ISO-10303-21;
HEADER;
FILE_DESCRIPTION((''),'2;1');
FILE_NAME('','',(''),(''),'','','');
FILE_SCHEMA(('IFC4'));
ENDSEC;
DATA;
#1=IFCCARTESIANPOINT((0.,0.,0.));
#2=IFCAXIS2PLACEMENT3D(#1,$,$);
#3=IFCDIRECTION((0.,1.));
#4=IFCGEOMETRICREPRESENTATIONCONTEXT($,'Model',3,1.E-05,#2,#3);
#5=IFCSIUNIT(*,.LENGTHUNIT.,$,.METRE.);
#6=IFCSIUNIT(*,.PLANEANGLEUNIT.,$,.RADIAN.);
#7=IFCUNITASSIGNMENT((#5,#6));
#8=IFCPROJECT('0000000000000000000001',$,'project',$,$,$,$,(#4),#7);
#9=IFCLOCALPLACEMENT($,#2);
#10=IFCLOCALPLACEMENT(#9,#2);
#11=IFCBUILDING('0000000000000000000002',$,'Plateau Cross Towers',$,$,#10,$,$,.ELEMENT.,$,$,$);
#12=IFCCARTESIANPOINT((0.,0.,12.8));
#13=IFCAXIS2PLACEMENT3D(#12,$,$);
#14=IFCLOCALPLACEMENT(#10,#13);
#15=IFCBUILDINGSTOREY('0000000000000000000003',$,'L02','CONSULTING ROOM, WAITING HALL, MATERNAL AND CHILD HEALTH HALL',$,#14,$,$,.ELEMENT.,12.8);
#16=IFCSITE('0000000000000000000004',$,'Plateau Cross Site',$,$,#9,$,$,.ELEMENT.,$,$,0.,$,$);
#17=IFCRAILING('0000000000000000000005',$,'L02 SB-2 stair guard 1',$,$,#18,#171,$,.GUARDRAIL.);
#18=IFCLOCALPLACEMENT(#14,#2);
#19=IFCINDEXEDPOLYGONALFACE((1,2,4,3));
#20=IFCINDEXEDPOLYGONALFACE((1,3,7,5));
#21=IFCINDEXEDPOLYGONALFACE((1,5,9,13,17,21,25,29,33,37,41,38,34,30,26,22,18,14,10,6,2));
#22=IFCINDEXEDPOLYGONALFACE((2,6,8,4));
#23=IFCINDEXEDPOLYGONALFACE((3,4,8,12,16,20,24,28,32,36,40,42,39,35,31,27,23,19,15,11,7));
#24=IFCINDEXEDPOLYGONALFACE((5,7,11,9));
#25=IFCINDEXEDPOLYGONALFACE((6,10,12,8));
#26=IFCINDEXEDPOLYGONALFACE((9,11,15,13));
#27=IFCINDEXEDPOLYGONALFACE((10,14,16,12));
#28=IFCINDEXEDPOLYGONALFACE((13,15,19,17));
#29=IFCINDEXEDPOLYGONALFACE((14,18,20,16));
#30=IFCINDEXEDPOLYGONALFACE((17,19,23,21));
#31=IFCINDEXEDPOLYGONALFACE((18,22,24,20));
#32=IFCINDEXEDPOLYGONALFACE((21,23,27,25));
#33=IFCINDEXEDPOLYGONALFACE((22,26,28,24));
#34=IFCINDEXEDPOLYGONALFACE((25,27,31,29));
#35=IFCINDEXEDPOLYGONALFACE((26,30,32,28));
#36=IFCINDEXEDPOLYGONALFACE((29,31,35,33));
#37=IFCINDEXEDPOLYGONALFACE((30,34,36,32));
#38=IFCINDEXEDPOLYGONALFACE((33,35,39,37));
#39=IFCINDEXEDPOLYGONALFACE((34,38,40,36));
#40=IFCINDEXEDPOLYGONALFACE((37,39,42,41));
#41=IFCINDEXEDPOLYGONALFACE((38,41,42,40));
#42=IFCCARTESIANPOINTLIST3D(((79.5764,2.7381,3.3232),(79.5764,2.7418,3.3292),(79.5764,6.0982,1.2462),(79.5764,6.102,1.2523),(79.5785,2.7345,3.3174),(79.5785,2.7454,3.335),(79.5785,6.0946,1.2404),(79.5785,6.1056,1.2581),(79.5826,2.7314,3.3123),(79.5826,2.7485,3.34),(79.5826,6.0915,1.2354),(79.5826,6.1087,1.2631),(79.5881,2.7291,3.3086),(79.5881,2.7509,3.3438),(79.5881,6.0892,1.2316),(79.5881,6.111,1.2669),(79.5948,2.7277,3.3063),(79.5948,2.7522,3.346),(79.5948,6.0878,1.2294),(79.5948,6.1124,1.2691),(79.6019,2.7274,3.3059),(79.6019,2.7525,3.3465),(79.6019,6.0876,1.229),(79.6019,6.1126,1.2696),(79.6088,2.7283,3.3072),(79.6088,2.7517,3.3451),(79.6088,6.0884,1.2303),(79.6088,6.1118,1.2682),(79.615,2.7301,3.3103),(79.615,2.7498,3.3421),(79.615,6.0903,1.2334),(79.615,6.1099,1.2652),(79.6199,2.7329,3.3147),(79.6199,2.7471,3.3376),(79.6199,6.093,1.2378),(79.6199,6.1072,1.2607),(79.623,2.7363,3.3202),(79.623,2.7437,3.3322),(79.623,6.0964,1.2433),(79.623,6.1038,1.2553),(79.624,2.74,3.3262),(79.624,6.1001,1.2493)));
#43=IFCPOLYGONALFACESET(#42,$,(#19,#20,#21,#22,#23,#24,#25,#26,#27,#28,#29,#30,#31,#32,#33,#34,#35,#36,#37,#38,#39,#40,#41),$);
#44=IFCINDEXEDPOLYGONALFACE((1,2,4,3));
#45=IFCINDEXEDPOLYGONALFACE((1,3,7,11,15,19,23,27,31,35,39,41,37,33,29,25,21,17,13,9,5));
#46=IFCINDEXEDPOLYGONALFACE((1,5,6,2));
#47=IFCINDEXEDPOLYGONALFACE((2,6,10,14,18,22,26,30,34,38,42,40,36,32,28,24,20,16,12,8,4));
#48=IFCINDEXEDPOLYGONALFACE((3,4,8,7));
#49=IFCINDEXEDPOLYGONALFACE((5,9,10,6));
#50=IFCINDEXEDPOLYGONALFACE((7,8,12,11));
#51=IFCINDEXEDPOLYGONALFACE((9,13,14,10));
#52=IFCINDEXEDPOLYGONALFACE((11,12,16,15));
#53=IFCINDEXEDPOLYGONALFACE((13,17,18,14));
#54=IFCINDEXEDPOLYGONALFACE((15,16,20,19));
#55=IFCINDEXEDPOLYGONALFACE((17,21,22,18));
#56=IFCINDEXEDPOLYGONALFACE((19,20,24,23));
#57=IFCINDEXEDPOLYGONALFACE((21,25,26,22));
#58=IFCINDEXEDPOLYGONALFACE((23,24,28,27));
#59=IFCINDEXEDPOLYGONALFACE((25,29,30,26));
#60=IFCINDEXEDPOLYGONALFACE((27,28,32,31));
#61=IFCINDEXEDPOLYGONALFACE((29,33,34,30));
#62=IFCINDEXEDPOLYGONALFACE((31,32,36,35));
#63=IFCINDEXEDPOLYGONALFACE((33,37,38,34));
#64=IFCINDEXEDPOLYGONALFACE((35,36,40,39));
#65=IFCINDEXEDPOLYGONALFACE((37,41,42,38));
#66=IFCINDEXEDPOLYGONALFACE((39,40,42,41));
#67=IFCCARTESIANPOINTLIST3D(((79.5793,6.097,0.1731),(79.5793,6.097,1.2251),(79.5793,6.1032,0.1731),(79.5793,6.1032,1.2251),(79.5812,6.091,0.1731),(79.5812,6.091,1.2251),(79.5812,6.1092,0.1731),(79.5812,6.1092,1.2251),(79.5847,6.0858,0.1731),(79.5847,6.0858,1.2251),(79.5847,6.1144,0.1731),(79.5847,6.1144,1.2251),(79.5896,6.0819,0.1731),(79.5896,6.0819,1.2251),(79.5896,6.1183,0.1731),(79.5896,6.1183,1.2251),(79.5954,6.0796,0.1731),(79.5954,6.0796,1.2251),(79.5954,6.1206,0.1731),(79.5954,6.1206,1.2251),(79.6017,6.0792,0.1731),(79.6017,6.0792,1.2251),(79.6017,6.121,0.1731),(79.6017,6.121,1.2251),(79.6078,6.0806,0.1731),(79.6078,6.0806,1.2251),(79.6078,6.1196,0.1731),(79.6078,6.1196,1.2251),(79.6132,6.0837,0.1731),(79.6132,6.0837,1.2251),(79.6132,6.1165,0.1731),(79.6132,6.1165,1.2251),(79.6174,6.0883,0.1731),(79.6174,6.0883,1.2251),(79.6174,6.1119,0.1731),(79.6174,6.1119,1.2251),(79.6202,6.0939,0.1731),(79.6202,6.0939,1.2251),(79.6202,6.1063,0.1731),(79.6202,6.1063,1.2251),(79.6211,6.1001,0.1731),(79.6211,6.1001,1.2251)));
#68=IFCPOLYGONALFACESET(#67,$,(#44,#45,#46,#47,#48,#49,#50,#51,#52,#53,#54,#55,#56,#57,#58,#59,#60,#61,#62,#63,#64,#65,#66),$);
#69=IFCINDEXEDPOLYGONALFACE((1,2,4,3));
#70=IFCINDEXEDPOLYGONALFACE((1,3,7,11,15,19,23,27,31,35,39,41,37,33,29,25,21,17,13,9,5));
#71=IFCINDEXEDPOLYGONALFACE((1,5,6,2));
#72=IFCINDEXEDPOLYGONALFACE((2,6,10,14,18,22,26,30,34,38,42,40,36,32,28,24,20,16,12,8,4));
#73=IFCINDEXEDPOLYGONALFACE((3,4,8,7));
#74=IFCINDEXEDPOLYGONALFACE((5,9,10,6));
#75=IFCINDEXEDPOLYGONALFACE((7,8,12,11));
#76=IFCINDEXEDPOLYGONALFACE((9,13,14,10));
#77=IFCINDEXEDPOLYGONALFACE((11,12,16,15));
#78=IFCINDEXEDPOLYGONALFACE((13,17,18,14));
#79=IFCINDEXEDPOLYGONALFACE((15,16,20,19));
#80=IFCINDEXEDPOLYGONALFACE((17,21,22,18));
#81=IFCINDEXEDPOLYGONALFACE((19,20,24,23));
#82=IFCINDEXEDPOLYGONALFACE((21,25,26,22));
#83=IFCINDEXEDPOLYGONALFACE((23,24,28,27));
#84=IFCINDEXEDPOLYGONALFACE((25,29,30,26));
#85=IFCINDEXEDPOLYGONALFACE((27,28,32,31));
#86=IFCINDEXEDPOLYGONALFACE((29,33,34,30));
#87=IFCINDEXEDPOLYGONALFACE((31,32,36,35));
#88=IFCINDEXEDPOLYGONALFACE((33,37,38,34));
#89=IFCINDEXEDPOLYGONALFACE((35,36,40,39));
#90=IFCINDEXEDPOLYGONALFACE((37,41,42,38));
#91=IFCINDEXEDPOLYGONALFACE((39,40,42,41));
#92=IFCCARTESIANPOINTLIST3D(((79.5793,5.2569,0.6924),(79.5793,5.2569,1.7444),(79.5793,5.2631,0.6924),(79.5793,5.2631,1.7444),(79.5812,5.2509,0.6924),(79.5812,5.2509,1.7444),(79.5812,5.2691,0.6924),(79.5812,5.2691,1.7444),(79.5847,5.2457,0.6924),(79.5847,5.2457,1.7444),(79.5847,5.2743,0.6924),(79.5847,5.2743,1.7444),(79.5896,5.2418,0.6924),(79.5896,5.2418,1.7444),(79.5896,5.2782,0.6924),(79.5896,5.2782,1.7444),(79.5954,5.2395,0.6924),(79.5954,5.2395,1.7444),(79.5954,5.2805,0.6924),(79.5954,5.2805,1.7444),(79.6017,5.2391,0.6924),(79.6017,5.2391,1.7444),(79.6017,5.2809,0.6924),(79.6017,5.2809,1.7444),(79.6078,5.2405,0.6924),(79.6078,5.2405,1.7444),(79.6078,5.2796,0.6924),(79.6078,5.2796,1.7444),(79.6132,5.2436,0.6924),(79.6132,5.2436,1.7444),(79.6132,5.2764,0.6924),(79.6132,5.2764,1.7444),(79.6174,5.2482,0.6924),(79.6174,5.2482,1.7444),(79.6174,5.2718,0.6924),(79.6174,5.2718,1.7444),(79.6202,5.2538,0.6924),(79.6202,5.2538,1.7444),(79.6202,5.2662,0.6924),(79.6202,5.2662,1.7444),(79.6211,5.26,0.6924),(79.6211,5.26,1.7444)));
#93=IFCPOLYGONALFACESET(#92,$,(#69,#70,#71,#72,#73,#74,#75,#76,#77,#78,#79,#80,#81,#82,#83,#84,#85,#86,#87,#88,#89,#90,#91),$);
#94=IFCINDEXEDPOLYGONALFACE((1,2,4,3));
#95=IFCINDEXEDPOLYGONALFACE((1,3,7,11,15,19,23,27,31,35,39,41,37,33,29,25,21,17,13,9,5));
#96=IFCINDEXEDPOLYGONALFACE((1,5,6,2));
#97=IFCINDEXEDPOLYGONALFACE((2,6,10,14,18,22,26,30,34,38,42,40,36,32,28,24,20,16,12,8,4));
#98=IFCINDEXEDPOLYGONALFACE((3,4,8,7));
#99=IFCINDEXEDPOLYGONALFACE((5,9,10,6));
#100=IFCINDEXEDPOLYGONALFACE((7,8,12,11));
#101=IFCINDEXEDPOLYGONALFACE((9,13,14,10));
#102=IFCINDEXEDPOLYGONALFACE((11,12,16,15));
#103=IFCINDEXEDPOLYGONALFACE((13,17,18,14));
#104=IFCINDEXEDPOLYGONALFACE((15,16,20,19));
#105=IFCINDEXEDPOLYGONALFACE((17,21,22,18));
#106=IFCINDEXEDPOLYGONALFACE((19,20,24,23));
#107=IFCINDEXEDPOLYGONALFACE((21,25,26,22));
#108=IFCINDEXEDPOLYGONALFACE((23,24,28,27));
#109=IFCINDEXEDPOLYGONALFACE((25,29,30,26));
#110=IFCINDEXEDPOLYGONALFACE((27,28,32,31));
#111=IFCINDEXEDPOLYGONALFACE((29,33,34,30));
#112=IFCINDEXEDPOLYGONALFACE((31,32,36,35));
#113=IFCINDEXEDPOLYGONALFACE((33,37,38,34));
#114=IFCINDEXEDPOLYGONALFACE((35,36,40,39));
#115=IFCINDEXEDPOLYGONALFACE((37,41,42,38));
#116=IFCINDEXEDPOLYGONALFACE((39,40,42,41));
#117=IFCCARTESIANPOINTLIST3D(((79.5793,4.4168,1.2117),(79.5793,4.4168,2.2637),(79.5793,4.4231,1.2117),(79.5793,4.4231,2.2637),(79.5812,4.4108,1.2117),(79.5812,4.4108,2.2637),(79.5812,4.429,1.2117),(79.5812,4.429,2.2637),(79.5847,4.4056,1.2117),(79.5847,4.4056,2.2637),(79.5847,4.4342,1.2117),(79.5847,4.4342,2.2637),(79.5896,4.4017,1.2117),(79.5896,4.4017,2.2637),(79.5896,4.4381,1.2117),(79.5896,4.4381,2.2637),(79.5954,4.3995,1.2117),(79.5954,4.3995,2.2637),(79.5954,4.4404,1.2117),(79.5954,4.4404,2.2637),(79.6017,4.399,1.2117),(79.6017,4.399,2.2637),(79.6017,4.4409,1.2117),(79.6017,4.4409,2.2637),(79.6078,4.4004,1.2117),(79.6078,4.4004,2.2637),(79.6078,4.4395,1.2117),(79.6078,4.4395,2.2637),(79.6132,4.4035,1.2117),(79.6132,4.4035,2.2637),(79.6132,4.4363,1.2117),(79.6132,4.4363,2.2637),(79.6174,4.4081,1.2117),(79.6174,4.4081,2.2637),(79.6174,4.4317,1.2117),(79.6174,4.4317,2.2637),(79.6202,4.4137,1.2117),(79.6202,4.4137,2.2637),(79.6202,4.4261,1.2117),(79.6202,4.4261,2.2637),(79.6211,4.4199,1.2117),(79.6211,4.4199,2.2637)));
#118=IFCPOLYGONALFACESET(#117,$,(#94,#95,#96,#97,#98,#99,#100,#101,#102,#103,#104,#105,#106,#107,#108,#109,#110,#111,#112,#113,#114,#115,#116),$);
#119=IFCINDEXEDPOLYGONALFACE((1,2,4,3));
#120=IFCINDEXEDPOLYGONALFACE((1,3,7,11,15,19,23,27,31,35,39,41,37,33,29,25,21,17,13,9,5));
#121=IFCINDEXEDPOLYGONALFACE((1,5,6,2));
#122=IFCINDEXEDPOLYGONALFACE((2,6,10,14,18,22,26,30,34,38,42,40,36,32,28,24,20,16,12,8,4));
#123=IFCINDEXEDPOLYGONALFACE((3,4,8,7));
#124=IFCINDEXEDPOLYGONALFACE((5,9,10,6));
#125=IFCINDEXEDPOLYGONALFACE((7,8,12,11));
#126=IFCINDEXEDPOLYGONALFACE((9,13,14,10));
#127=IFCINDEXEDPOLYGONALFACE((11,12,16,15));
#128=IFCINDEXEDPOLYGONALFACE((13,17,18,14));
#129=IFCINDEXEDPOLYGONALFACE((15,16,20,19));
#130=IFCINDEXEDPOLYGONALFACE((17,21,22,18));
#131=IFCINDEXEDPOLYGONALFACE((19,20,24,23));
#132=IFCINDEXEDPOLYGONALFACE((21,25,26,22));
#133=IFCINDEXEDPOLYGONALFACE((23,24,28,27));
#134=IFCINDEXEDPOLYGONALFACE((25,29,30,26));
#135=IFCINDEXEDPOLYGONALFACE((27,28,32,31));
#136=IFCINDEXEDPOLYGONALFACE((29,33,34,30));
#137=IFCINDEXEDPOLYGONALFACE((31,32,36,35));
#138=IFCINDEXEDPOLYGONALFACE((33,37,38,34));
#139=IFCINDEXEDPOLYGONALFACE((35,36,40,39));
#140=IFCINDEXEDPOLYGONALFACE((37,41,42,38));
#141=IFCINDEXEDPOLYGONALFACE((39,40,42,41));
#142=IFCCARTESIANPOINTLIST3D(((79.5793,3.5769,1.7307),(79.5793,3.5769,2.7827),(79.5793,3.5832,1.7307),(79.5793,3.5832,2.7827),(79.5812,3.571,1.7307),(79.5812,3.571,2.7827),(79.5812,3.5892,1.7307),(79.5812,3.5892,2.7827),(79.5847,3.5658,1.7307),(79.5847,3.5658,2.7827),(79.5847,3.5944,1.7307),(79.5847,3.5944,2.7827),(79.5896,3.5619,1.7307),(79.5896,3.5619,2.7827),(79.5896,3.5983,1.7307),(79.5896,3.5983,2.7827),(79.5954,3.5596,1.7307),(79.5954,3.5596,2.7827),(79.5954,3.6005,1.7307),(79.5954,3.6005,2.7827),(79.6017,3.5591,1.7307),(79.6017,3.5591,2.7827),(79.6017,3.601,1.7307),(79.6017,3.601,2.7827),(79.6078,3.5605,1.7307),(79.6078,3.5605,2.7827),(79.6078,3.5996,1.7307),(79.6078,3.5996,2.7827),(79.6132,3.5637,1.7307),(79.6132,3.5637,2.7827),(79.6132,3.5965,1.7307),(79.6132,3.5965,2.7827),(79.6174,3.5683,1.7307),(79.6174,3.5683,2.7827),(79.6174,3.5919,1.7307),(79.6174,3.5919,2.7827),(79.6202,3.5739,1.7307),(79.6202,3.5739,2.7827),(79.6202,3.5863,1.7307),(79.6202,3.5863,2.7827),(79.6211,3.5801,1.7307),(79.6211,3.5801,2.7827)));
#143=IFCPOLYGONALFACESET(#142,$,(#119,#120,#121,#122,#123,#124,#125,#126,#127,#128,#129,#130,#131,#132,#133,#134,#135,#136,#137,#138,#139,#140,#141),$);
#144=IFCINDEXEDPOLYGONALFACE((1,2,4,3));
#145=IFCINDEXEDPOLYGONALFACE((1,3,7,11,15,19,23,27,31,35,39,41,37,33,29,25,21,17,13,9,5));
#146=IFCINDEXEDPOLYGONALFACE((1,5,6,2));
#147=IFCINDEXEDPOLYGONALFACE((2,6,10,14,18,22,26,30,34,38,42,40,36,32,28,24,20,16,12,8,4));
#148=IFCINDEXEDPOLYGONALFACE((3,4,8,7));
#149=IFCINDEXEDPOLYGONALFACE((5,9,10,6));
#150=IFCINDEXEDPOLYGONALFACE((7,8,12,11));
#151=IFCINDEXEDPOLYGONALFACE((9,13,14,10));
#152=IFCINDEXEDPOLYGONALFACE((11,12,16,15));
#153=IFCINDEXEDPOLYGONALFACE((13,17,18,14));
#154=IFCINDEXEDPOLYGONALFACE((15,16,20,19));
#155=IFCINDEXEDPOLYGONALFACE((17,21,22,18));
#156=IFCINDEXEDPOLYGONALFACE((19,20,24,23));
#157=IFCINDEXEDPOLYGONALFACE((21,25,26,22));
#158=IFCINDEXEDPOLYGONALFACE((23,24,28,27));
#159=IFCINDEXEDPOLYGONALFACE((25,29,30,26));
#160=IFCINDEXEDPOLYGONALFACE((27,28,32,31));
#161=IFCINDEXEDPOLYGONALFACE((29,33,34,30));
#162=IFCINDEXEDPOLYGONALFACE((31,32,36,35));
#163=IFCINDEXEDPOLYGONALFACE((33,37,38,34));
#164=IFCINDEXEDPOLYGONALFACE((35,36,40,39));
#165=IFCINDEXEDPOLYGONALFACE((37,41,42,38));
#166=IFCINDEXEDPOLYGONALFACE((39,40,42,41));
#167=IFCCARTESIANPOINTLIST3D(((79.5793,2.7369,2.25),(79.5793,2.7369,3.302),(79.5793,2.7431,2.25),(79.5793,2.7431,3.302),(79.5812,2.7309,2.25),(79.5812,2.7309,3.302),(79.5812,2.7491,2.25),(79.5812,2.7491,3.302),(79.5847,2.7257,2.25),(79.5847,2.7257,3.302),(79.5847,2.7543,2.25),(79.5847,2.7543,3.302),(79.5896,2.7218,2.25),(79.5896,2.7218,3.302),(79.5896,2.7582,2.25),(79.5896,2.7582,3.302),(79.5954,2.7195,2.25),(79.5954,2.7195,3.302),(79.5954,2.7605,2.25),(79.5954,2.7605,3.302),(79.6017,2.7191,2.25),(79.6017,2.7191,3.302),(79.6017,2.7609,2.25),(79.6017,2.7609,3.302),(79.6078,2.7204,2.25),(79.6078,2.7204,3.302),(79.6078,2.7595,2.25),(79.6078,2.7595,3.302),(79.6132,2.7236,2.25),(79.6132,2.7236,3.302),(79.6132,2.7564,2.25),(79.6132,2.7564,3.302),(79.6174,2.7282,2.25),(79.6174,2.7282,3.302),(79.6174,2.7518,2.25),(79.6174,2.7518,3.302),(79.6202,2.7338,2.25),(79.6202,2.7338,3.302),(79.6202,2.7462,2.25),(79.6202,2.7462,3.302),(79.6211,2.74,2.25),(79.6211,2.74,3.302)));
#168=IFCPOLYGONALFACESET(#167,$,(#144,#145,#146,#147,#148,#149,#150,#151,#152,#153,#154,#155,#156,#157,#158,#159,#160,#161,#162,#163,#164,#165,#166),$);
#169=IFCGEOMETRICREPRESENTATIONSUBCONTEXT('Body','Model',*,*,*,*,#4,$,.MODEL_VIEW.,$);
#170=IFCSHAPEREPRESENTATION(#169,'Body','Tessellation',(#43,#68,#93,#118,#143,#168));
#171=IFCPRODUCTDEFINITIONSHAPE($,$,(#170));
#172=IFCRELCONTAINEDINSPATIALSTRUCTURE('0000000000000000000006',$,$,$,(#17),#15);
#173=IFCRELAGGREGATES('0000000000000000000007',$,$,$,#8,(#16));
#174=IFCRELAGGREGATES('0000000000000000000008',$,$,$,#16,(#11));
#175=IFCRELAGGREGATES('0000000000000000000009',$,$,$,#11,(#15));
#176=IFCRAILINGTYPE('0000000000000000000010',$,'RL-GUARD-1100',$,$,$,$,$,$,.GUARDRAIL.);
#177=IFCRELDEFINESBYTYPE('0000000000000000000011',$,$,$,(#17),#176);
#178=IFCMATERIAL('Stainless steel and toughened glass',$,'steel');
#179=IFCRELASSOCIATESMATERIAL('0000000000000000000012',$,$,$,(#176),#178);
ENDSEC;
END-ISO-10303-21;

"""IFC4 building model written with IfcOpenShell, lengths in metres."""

from ifc_helpers import new_model, si_unit, direction, frame, origin, origin_2d, place, context, subcontext, project, spatial, circle, extrude, material, type_object, element, save


model = new_model("IFC4")

# Units and contexts
model_context = context("Model", 3, precision=1e-05, world=origin(), true_north=direction((0.0, 1.0)))
body_context = subcontext(model_context, "Body", "Model", "MODEL_VIEW")
ifc_project = project(units=[si_unit("LENGTHUNIT", "METRE"), si_unit("PLANEANGLEUNIT", "RADIAN")], contexts=[model_context])

# Site, building, storey
site_placement = place(None, origin())
site = spatial("IfcSite", under=ifc_project, at=site_placement, Name="Plateau Cross Site", CompositionType="ELEMENT", RefElevation=0.0)
building_placement = place(site_placement, origin())
building = spatial("IfcBuilding", under=site, at=building_placement, Name="Plateau Cross Towers", CompositionType="ELEMENT")
storey_placement = place(building_placement, frame((0.0, 0.0, 12.8)))
storey = spatial("IfcBuildingStorey", under=building, at=storey_placement, Name="L02", Description="CONSULTING ROOM, WAITING HALL, MATERNAL AND CHILD HEALTH HALL", CompositionType="ELEMENT", Elevation=12.8)

# Railing
ifc_material_1 = material(Name="Stainless steel and toughened glass", Category="steel")
railing_type_1 = type_object("IfcRailingType", Name="RL-GUARD-1100", PredefinedType="GUARDRAIL", material=ifc_material_1)
railing_1_placement = place(storey_placement, frame((79.6001, 6.1001, 0.1731)))
element("IfcRailing", 1, at=railing_1_placement, inside=storey, type_object=railing_type_1, Name="L02 SB-2 stair guard 1", PredefinedType="GUARDRAIL", context=body_context, shape_type="SweptSolid", body=[
    extrude(circle(Radius=0.0239, at=origin_2d()), frame((0.0, 0.0, 1.0762), z_axis=(0.0, -0.850623, 0.525776), x_axis=(1.0, 0.0, 0.0)), (0.0, 0.0, 1.0), 3.9502),
    extrude(circle(Radius=0.021, at=origin_2d()), origin(), (0.0, 0.0, 1.0), 1.052),
    extrude(circle(Radius=0.021, at=origin_2d()), frame((0.0, -0.8401, 0.5193)), (0.0, 0.0, 1.0), 1.052),
    extrude(circle(Radius=0.021, at=origin_2d()), frame((0.0, -1.6802, 1.0386)), (0.0, 0.0, 1.0), 1.052),
    extrude(circle(Radius=0.021, at=origin_2d()), frame((0.0, -2.52, 1.5576)), (0.0, 0.0, 1.0), 1.052),
    extrude(circle(Radius=0.021, at=origin_2d()), frame((0.0, -3.3601, 2.0769)), (0.0, 0.0, 1.0), 1.052),
])

save(model, "model.ifc")
